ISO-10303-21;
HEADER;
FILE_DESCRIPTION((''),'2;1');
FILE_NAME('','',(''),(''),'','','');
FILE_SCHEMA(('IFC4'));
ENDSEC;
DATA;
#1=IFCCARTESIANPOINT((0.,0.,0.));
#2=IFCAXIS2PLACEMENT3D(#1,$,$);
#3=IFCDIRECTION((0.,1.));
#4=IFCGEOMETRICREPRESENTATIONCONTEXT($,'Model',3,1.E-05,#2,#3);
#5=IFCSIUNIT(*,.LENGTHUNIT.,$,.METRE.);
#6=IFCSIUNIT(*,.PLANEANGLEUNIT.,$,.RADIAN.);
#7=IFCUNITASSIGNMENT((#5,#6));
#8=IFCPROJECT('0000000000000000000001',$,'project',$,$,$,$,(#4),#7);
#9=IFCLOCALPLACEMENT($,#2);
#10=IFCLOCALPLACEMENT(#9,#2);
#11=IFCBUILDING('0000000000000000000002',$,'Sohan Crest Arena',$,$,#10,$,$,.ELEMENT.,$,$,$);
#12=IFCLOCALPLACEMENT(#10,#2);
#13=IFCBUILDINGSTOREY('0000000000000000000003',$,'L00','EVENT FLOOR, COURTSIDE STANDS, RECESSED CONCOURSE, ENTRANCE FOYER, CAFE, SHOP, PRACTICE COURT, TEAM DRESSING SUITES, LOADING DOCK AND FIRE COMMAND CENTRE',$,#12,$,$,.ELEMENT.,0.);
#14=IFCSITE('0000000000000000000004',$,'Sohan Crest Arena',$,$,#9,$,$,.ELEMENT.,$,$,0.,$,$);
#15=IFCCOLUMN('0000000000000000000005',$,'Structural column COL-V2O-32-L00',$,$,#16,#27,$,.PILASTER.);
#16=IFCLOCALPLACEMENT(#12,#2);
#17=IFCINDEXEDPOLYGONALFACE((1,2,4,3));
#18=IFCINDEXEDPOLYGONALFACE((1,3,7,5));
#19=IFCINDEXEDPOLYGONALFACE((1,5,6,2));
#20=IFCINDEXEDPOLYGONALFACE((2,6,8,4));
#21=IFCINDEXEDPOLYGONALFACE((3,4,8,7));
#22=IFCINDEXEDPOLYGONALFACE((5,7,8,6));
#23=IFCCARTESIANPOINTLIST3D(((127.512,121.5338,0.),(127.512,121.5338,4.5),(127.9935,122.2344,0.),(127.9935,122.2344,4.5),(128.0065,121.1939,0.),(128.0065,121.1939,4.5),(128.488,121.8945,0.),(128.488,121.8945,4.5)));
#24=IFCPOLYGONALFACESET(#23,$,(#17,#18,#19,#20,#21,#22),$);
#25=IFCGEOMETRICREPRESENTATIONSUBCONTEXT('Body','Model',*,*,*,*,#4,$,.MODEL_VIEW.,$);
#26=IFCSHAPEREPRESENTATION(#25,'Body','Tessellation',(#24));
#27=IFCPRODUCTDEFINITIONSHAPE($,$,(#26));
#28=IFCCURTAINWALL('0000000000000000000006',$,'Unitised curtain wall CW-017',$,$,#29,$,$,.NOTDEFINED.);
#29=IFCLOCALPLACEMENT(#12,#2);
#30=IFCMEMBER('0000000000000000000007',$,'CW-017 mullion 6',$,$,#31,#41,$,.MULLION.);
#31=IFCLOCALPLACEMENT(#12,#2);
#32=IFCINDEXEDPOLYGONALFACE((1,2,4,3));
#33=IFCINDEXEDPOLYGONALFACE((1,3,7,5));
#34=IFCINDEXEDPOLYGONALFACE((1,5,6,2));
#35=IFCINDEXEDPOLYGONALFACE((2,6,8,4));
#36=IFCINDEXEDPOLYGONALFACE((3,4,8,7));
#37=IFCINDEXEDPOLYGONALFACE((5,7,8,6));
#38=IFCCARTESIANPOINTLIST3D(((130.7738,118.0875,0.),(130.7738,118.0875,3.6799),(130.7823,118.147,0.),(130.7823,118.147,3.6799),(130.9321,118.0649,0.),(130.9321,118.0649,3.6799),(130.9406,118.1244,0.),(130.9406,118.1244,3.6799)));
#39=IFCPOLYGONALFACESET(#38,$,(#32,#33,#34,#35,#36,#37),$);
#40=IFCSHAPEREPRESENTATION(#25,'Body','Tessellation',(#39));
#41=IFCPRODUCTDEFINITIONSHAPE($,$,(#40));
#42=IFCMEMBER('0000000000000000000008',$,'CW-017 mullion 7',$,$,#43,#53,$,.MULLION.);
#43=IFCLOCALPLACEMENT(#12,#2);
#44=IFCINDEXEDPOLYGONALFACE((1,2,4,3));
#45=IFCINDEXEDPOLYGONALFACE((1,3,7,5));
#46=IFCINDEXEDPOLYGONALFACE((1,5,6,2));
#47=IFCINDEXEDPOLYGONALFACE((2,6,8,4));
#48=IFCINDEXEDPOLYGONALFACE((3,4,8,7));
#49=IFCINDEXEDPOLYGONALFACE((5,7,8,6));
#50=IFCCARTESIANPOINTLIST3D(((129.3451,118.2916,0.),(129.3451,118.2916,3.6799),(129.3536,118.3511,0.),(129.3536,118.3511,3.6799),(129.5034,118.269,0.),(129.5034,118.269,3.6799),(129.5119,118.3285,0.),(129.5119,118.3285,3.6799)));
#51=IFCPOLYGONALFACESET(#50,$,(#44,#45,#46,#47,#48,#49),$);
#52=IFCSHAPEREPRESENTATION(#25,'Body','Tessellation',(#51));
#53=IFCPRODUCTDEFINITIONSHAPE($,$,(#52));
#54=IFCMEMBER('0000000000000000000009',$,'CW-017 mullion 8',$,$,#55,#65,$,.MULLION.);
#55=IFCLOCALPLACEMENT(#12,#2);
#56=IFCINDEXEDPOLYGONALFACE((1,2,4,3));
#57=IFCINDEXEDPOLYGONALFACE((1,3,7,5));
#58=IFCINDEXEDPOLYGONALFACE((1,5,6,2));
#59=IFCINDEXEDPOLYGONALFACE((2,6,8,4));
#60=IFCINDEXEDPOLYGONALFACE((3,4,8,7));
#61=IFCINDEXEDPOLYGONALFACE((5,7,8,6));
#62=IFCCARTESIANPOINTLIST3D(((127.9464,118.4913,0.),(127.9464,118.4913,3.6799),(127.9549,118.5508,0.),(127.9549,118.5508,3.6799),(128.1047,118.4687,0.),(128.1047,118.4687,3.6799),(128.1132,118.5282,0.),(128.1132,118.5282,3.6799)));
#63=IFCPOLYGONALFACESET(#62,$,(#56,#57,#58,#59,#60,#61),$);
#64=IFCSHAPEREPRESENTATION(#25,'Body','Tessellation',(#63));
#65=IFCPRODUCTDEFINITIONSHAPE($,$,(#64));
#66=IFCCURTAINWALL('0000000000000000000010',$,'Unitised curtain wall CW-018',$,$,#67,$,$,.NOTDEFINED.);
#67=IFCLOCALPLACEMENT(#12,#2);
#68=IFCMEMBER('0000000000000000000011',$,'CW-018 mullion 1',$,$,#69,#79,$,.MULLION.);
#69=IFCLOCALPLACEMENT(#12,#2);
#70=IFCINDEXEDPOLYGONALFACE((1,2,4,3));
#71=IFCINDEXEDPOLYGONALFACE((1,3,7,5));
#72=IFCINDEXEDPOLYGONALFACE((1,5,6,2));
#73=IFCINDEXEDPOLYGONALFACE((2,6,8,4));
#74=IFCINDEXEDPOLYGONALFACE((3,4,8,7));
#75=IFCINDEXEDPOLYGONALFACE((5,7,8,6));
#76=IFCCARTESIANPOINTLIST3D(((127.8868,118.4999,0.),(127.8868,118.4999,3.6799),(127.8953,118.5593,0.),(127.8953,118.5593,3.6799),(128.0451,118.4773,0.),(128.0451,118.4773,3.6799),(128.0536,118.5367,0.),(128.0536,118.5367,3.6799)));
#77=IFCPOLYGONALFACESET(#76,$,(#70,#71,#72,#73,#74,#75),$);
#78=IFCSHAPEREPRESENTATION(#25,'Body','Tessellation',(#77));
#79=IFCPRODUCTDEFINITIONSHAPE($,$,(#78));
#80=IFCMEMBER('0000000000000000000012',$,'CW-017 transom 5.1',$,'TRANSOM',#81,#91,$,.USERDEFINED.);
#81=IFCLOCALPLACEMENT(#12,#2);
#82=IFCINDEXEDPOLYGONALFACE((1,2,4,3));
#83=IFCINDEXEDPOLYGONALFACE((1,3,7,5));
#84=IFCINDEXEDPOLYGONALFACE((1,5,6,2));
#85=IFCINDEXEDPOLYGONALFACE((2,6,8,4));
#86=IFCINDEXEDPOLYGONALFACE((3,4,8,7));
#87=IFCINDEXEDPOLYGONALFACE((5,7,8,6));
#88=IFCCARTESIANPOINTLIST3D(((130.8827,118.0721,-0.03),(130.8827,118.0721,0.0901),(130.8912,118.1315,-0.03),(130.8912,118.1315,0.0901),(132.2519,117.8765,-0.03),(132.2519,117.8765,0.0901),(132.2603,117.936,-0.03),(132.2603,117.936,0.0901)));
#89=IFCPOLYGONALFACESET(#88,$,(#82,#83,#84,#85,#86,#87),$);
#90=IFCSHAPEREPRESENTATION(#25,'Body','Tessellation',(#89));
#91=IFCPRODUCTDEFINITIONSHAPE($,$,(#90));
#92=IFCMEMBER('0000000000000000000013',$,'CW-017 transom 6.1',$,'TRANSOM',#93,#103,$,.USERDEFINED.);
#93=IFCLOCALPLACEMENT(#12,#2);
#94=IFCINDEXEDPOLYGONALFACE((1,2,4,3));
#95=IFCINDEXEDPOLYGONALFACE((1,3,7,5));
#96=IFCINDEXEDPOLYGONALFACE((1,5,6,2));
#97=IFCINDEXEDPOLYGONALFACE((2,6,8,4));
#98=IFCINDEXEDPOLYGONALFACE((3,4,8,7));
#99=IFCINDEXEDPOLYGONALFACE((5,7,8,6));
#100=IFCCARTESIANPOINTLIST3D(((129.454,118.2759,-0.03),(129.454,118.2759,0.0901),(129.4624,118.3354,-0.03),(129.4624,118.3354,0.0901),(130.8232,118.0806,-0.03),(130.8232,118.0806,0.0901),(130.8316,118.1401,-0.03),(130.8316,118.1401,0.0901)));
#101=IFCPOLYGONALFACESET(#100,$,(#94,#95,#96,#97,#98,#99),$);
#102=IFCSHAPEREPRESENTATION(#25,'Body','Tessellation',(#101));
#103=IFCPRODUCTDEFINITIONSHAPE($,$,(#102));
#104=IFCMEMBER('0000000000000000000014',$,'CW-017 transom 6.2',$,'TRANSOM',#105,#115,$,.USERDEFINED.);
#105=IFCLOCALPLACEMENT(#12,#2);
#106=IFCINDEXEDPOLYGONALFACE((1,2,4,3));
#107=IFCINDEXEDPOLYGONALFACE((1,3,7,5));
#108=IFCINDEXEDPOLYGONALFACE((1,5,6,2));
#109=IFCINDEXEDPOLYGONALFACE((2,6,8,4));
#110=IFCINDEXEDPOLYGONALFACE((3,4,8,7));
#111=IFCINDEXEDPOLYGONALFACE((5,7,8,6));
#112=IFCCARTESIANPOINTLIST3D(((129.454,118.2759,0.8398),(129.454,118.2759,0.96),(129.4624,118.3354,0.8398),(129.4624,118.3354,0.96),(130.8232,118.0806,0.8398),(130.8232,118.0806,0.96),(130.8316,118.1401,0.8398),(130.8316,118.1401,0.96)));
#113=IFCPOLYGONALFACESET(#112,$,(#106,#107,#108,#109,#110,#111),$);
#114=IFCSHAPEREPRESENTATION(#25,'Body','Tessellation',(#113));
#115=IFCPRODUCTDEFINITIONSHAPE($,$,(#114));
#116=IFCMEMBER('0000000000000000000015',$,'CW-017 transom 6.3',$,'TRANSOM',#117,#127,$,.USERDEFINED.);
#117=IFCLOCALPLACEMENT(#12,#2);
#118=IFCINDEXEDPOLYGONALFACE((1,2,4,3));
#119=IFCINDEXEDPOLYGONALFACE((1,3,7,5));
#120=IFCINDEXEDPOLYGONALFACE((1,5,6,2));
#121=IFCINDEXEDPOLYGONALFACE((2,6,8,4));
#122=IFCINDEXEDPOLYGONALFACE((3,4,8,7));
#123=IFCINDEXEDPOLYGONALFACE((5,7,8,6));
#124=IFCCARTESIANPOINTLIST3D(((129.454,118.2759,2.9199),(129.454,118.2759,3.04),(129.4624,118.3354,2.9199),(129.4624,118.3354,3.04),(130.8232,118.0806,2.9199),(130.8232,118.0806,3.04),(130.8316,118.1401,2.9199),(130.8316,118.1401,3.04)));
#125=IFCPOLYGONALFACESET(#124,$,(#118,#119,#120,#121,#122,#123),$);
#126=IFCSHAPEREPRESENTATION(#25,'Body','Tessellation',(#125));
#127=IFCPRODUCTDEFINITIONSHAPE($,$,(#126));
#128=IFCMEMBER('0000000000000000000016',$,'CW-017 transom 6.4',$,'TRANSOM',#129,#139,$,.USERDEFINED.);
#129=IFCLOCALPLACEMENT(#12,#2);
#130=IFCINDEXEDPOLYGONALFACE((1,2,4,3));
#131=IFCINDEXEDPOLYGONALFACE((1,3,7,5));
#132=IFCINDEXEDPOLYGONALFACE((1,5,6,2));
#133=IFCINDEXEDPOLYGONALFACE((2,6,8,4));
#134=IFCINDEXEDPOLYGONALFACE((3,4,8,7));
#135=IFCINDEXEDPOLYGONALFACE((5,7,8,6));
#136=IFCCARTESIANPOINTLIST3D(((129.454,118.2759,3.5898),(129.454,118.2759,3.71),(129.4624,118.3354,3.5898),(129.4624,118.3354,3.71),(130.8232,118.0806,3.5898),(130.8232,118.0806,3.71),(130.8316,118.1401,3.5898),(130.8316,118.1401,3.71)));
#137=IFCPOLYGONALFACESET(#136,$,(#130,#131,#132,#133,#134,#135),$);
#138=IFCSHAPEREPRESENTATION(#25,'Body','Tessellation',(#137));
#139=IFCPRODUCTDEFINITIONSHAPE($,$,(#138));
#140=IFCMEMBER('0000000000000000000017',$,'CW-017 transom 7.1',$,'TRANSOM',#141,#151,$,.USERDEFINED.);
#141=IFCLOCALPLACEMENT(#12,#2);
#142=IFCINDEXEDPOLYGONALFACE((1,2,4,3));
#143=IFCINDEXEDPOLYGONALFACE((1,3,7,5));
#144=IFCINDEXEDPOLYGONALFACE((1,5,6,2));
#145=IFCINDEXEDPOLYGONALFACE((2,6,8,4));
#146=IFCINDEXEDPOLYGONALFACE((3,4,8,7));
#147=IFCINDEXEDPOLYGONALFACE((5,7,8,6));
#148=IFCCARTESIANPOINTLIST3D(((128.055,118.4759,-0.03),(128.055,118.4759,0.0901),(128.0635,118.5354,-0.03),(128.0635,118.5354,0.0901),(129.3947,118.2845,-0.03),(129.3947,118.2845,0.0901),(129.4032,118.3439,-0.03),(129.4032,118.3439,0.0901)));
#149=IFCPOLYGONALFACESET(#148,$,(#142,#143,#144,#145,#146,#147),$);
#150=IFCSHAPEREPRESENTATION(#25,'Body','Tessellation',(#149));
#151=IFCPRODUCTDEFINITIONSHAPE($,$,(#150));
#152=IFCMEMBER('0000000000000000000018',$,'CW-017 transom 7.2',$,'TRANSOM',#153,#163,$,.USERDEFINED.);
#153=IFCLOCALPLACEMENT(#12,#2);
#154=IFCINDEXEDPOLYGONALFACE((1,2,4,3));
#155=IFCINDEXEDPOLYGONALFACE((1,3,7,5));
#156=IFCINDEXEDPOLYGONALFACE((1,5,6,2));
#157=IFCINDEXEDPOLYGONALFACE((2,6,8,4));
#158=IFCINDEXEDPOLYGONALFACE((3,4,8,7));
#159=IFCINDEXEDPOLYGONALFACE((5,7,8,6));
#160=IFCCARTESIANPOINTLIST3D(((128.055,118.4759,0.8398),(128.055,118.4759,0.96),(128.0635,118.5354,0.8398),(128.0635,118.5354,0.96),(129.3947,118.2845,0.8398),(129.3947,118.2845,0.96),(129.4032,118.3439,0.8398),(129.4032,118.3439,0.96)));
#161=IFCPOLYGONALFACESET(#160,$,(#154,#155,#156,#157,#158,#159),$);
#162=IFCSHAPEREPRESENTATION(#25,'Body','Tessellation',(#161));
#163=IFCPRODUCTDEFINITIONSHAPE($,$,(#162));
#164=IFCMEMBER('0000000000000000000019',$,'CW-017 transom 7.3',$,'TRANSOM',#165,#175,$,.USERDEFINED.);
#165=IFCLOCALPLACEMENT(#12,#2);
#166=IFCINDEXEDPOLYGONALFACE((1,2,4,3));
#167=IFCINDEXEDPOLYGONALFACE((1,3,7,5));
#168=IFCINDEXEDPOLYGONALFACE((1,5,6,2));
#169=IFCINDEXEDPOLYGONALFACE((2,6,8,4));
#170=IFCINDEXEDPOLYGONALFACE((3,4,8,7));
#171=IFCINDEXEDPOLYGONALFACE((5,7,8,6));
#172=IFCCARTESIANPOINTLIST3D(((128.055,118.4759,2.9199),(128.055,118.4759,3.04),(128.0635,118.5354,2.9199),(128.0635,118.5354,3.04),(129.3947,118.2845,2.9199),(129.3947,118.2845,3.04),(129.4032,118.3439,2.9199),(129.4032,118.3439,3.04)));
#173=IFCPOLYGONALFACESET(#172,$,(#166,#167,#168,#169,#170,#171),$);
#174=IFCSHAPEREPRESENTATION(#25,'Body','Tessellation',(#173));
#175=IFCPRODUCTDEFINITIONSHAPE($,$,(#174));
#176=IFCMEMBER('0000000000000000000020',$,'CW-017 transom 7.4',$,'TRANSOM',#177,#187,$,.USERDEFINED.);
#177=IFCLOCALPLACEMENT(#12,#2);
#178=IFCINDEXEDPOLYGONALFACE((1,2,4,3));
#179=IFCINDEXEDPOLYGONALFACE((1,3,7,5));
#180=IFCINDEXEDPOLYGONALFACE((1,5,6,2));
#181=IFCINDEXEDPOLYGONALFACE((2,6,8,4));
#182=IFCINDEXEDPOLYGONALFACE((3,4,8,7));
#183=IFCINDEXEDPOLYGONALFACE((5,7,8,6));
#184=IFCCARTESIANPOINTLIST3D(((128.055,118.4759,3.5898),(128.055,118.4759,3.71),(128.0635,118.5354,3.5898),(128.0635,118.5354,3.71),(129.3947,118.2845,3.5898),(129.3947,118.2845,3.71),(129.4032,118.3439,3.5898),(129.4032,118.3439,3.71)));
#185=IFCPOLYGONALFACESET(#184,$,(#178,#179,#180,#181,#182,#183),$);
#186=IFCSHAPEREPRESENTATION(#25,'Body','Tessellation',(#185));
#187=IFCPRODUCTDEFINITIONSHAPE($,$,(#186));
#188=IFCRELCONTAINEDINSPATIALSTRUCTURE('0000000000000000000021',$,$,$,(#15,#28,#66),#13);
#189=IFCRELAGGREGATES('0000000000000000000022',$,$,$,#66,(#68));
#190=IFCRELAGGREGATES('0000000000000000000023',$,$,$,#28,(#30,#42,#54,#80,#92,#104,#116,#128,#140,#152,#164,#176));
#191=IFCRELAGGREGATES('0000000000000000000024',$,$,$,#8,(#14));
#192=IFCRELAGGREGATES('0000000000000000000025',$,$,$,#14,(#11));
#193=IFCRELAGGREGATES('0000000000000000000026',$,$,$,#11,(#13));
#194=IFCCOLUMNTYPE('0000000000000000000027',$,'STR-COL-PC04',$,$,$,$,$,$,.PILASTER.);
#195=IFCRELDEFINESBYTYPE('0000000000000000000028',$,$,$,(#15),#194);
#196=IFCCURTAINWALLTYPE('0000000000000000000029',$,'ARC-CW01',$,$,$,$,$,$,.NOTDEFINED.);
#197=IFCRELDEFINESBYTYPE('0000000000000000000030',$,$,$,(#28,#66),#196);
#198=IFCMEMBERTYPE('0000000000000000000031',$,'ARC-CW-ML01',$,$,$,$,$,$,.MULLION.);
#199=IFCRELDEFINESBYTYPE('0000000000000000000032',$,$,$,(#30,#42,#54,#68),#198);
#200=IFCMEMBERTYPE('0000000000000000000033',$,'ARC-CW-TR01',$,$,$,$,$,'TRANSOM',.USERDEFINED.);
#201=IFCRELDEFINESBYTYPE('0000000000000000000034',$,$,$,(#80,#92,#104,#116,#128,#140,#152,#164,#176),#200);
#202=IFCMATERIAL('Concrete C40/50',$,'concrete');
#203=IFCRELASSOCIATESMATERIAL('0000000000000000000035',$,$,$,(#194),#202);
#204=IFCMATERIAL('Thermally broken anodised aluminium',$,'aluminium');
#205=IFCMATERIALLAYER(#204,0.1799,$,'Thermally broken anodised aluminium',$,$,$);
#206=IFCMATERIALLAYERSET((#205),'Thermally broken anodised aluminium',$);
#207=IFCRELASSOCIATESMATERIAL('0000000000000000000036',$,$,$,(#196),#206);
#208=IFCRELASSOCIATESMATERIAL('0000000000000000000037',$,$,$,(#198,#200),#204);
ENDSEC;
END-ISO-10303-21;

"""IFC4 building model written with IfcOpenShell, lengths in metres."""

from ifc_helpers import new_model, si_unit, direction, frame, origin, origin_2d, place, context, subcontext, project, spatial, rectangle, extrude, material, layer, layer_set, material_profile, profile_set, type_object, element, aggregate, save


model = new_model("IFC4")

# Units and contexts
model_context = context("Model", 3, precision=1e-05, world=origin(), true_north=direction((0.0, 1.0)))
body_context = subcontext(model_context, "Body", "Model", "MODEL_VIEW")
ifc_project = project(units=[si_unit("LENGTHUNIT", "METRE"), si_unit("PLANEANGLEUNIT", "RADIAN")], contexts=[model_context])

# Site, building, storey
site_placement = place(None, origin())
site = spatial("IfcSite", under=ifc_project, at=site_placement, Name="Sohan Crest Arena", CompositionType="ELEMENT", RefElevation=0.0)
building_placement = place(site_placement, origin())
building = spatial("IfcBuilding", under=site, at=building_placement, Name="Sohan Crest Arena", CompositionType="ELEMENT")
storey_placement = place(building_placement, origin())
storey = spatial("IfcBuildingStorey", under=building, at=storey_placement, Name="L00", Description="EVENT FLOOR, COURTSIDE STANDS, RECESSED CONCOURSE, ENTRANCE FOYER, CAFE, SHOP, PRACTICE COURT, TEAM DRESSING SUITES, LOADING DOCK AND FIRE COMMAND CENTRE", CompositionType="ELEMENT", Elevation=0.0)

# Column
ifc_material_1 = material(Name="Concrete C40/50", Category="concrete")
ifc_material_profile_1 = material_profile(ifc_material_1, rectangle(XDim=0.8501, YDim=0.6001, at=origin_2d()), Name="RC 850x600")
ifc_profile_set_1 = profile_set([ifc_material_profile_1], Name="Concrete C40/50")
column_type = type_object("IfcColumnType", Name="STR-COL-PC04", PredefinedType="PILASTER", material=ifc_profile_set_1)
column_placement = place(storey_placement, frame((128.0, 121.7141, 0.0), z_axis=(0.0, 0.0, 1.0), x_axis=(0.566406, 0.824126, 0.0)))
element("IfcColumn", 1, at=column_placement, inside=storey, type_object=column_type, Name="Structural column COL-V2O-32-L00", PredefinedType="PILASTER", context=body_context, shape_type="SweptSolid", body=[
    extrude(rectangle(XDim=0.8501, YDim=0.6001, at=origin_2d()), origin(), (0.0, 0.0, 1.0), 4.5),
])

# Curtain wall, members
ifc_material_2 = material(Name="Thermally broken anodised aluminium", Category="aluminium")
ifc_layer_1 = layer(ifc_material_2, 0.1799, Name="Thermally broken anodised aluminium")
ifc_layer_set_1 = layer_set([ifc_layer_1], Name="Thermally broken anodised aluminium")
curtain_wall_type = type_object("IfcCurtainWallType", Name="ARC-CW01", PredefinedType="NOTDEFINED", material=ifc_layer_set_1)
curtain_wall_1_placement = place(storey_placement, origin())
curtain_wall_1 = element("IfcCurtainWall", 2, at=curtain_wall_1_placement, inside=storey, type_object=curtain_wall_type, Name="Unitised curtain wall CW-017", PredefinedType="NOTDEFINED")
ifc_material_profile_2 = material_profile(ifc_material_2, rectangle(XDim=0.0601, YDim=0.1599, at=origin_2d()), Name="ALU-MULL 60x160")
ifc_profile_set_2 = profile_set([ifc_material_profile_2], Name="Thermally broken anodised aluminium")
member_type_1 = type_object("IfcMemberType", Name="ARC-CW-ML01", PredefinedType="MULLION", material=ifc_profile_set_2)
member_1_placement = place(storey_placement, frame((130.8572, 118.106, 0.0), z_axis=(0.0, 0.0, 1.0), x_axis=(-0.141366, -0.989957, 0.0)))
member_1 = element("IfcMember", 3, at=member_1_placement, type_object=member_type_1, Name="CW-017 mullion 6", PredefinedType="MULLION", context=body_context, shape_type="SweptSolid", body=[
    extrude(rectangle(XDim=0.0601, YDim=0.1599, at=origin_2d()), origin(), (0.0, 0.0, 1.0), 3.6799),
])
member_2_placement = place(storey_placement, frame((129.4285, 118.3101, 0.0), z_axis=(0.0, 0.0, 1.0), x_axis=(-0.141366, -0.989957, 0.0)))
member_2 = element("IfcMember", 4, at=member_2_placement, type_object=member_type_1, Name="CW-017 mullion 7", PredefinedType="MULLION", context=body_context, shape_type="SweptSolid", body=[
    extrude(rectangle(XDim=0.0601, YDim=0.1599, at=origin_2d()), origin(), (0.0, 0.0, 1.0), 3.6799),
])
member_3_placement = place(storey_placement, frame((128.0298, 118.5098, 0.0), z_axis=(0.0, 0.0, 1.0), x_axis=(-0.141366, -0.989957, 0.0)))
member_3 = element("IfcMember", 5, at=member_3_placement, type_object=member_type_1, Name="CW-017 mullion 8", PredefinedType="MULLION", context=body_context, shape_type="SweptSolid", body=[
    extrude(rectangle(XDim=0.0601, YDim=0.1599, at=origin_2d()), origin(), (0.0, 0.0, 1.0), 3.6799),
])

# Curtain wall, member
curtain_wall_2_placement = place(storey_placement, origin())
curtain_wall_2 = element("IfcCurtainWall", 6, at=curtain_wall_2_placement, inside=storey, type_object=curtain_wall_type, Name="Unitised curtain wall CW-018", PredefinedType="NOTDEFINED")
member_4_placement = place(storey_placement, frame((127.9702, 118.5183, 0.0), z_axis=(0.0, 0.0, 1.0), x_axis=(-0.141463, -0.989944, 0.0)))
member_4 = element("IfcMember", 7, at=member_4_placement, type_object=member_type_1, Name="CW-018 mullion 1", PredefinedType="MULLION", context=body_context, shape_type="SweptSolid", body=[
    extrude(rectangle(XDim=0.0601, YDim=0.1599, at=origin_2d()), origin(), (0.0, 0.0, 1.0), 3.6799),
])

# Members
ifc_material_profile_3 = material_profile(ifc_material_2, rectangle(XDim=0.0601, YDim=0.1201, at=origin_2d()), Name="ALU-TRAN 60x120")
ifc_profile_set_3 = profile_set([ifc_material_profile_3], Name="Thermally broken anodised aluminium")
member_type_2 = type_object("IfcMemberType", Name="ARC-CW-TR01", ElementType="TRANSOM", PredefinedType="USERDEFINED", material=ifc_profile_set_3)
member_5_placement = place(storey_placement, frame((132.2561, 117.9062, 0.03), z_axis=(-0.989953, 0.141397, 0.0), x_axis=(-0.141397, -0.989953, 0.0)))
member_5 = element("IfcMember", 8, at=member_5_placement, type_object=member_type_2, Name="CW-017 transom 5.1", ObjectType="TRANSOM", PredefinedType="USERDEFINED", context=body_context, shape_type="SweptSolid", body=[
    extrude(rectangle(XDim=0.0601, YDim=0.1201, at=origin_2d()), origin(), (0.0, 0.0, 1.0), 1.3831),
])
member_6_placement = place(storey_placement, frame((130.8274, 118.1104, 0.03), z_axis=(-0.989978, 0.141224, 0.0), x_axis=(-0.141224, -0.989978, 0.0)))
member_6 = element("IfcMember", 9, at=member_6_placement, type_object=member_type_2, Name="CW-017 transom 6.1", ObjectType="TRANSOM", PredefinedType="USERDEFINED", context=body_context, shape_type="SweptSolid", body=[
    extrude(rectangle(XDim=0.0601, YDim=0.1201, at=origin_2d()), origin(), (0.0, 0.0, 1.0), 1.3831),
])
member_7_placement = place(storey_placement, frame((130.8274, 118.1104, 0.8999), z_axis=(-0.989978, 0.141224, 0.0), x_axis=(-0.141224, -0.989978, 0.0)))
member_7 = element("IfcMember", 10, at=member_7_placement, type_object=member_type_2, Name="CW-017 transom 6.2", ObjectType="TRANSOM", PredefinedType="USERDEFINED", context=body_context, shape_type="SweptSolid", body=[
    extrude(rectangle(XDim=0.0601, YDim=0.1201, at=origin_2d()), origin(), (0.0, 0.0, 1.0), 1.3831),
])
member_8_placement = place(storey_placement, frame((130.8274, 118.1104, 2.98), z_axis=(-0.989978, 0.141224, 0.0), x_axis=(-0.141224, -0.989978, 0.0)))
member_8 = element("IfcMember", 11, at=member_8_placement, type_object=member_type_2, Name="CW-017 transom 6.3", ObjectType="TRANSOM", PredefinedType="USERDEFINED", context=body_context, shape_type="SweptSolid", body=[
    extrude(rectangle(XDim=0.0601, YDim=0.1201, at=origin_2d()), origin(), (0.0, 0.0, 1.0), 1.3831),
])
member_9_placement = place(storey_placement, frame((130.8274, 118.1104, 3.6499), z_axis=(-0.989978, 0.141224, 0.0), x_axis=(-0.141224, -0.989978, 0.0)))
member_9 = element("IfcMember", 12, at=member_9_placement, type_object=member_type_2, Name="CW-017 transom 6.4", ObjectType="TRANSOM", PredefinedType="USERDEFINED", context=body_context, shape_type="SweptSolid", body=[
    extrude(rectangle(XDim=0.0601, YDim=0.1201, at=origin_2d()), origin(), (0.0, 0.0, 1.0), 1.3831),
])
member_10_placement = place(storey_placement, frame((129.3989, 118.3142, 0.03), z_axis=(-0.989946, 0.141447, 0.0), x_axis=(-0.141447, -0.989946, 0.0)))
member_10 = element("IfcMember", 13, at=member_10_placement, type_object=member_type_2, Name="CW-017 transom 7.1", ObjectType="TRANSOM", PredefinedType="USERDEFINED", context=body_context, shape_type="SweptSolid", body=[
    extrude(rectangle(XDim=0.0601, YDim=0.1201, at=origin_2d()), origin(), (0.0, 0.0, 1.0), 1.3533),
])
member_11_placement = place(storey_placement, frame((129.3989, 118.3142, 0.8999), z_axis=(-0.989946, 0.141447, 0.0), x_axis=(-0.141447, -0.989946, 0.0)))
member_11 = element("IfcMember", 14, at=member_11_placement, type_object=member_type_2, Name="CW-017 transom 7.2", ObjectType="TRANSOM", PredefinedType="USERDEFINED", context=body_context, shape_type="SweptSolid", body=[
    extrude(rectangle(XDim=0.0601, YDim=0.1201, at=origin_2d()), origin(), (0.0, 0.0, 1.0), 1.3533),
])
member_12_placement = place(storey_placement, frame((129.3989, 118.3142, 2.98), z_axis=(-0.989946, 0.141447, 0.0), x_axis=(-0.141447, -0.989946, 0.0)))
member_12 = element("IfcMember", 15, at=member_12_placement, type_object=member_type_2, Name="CW-017 transom 7.3", ObjectType="TRANSOM", PredefinedType="USERDEFINED", context=body_context, shape_type="SweptSolid", body=[
    extrude(rectangle(XDim=0.0601, YDim=0.1201, at=origin_2d()), origin(), (0.0, 0.0, 1.0), 1.3533),
])
member_13_placement = place(storey_placement, frame((129.3989, 118.3142, 3.6499), z_axis=(-0.989946, 0.141447, 0.0), x_axis=(-0.141447, -0.989946, 0.0)))
member_13 = element("IfcMember", 16, at=member_13_placement, type_object=member_type_2, Name="CW-017 transom 7.4", ObjectType="TRANSOM", PredefinedType="USERDEFINED", context=body_context, shape_type="SweptSolid", body=[
    extrude(rectangle(XDim=0.0601, YDim=0.1201, at=origin_2d()), origin(), (0.0, 0.0, 1.0), 1.3533),
])
aggregate(curtain_wall_2, [member_4])

aggregate(curtain_wall_1, [member_1, member_2, member_3, member_5, member_6, member_7, member_8, member_9, member_10, member_11, member_12, member_13])

save(model, "model.ifc")
